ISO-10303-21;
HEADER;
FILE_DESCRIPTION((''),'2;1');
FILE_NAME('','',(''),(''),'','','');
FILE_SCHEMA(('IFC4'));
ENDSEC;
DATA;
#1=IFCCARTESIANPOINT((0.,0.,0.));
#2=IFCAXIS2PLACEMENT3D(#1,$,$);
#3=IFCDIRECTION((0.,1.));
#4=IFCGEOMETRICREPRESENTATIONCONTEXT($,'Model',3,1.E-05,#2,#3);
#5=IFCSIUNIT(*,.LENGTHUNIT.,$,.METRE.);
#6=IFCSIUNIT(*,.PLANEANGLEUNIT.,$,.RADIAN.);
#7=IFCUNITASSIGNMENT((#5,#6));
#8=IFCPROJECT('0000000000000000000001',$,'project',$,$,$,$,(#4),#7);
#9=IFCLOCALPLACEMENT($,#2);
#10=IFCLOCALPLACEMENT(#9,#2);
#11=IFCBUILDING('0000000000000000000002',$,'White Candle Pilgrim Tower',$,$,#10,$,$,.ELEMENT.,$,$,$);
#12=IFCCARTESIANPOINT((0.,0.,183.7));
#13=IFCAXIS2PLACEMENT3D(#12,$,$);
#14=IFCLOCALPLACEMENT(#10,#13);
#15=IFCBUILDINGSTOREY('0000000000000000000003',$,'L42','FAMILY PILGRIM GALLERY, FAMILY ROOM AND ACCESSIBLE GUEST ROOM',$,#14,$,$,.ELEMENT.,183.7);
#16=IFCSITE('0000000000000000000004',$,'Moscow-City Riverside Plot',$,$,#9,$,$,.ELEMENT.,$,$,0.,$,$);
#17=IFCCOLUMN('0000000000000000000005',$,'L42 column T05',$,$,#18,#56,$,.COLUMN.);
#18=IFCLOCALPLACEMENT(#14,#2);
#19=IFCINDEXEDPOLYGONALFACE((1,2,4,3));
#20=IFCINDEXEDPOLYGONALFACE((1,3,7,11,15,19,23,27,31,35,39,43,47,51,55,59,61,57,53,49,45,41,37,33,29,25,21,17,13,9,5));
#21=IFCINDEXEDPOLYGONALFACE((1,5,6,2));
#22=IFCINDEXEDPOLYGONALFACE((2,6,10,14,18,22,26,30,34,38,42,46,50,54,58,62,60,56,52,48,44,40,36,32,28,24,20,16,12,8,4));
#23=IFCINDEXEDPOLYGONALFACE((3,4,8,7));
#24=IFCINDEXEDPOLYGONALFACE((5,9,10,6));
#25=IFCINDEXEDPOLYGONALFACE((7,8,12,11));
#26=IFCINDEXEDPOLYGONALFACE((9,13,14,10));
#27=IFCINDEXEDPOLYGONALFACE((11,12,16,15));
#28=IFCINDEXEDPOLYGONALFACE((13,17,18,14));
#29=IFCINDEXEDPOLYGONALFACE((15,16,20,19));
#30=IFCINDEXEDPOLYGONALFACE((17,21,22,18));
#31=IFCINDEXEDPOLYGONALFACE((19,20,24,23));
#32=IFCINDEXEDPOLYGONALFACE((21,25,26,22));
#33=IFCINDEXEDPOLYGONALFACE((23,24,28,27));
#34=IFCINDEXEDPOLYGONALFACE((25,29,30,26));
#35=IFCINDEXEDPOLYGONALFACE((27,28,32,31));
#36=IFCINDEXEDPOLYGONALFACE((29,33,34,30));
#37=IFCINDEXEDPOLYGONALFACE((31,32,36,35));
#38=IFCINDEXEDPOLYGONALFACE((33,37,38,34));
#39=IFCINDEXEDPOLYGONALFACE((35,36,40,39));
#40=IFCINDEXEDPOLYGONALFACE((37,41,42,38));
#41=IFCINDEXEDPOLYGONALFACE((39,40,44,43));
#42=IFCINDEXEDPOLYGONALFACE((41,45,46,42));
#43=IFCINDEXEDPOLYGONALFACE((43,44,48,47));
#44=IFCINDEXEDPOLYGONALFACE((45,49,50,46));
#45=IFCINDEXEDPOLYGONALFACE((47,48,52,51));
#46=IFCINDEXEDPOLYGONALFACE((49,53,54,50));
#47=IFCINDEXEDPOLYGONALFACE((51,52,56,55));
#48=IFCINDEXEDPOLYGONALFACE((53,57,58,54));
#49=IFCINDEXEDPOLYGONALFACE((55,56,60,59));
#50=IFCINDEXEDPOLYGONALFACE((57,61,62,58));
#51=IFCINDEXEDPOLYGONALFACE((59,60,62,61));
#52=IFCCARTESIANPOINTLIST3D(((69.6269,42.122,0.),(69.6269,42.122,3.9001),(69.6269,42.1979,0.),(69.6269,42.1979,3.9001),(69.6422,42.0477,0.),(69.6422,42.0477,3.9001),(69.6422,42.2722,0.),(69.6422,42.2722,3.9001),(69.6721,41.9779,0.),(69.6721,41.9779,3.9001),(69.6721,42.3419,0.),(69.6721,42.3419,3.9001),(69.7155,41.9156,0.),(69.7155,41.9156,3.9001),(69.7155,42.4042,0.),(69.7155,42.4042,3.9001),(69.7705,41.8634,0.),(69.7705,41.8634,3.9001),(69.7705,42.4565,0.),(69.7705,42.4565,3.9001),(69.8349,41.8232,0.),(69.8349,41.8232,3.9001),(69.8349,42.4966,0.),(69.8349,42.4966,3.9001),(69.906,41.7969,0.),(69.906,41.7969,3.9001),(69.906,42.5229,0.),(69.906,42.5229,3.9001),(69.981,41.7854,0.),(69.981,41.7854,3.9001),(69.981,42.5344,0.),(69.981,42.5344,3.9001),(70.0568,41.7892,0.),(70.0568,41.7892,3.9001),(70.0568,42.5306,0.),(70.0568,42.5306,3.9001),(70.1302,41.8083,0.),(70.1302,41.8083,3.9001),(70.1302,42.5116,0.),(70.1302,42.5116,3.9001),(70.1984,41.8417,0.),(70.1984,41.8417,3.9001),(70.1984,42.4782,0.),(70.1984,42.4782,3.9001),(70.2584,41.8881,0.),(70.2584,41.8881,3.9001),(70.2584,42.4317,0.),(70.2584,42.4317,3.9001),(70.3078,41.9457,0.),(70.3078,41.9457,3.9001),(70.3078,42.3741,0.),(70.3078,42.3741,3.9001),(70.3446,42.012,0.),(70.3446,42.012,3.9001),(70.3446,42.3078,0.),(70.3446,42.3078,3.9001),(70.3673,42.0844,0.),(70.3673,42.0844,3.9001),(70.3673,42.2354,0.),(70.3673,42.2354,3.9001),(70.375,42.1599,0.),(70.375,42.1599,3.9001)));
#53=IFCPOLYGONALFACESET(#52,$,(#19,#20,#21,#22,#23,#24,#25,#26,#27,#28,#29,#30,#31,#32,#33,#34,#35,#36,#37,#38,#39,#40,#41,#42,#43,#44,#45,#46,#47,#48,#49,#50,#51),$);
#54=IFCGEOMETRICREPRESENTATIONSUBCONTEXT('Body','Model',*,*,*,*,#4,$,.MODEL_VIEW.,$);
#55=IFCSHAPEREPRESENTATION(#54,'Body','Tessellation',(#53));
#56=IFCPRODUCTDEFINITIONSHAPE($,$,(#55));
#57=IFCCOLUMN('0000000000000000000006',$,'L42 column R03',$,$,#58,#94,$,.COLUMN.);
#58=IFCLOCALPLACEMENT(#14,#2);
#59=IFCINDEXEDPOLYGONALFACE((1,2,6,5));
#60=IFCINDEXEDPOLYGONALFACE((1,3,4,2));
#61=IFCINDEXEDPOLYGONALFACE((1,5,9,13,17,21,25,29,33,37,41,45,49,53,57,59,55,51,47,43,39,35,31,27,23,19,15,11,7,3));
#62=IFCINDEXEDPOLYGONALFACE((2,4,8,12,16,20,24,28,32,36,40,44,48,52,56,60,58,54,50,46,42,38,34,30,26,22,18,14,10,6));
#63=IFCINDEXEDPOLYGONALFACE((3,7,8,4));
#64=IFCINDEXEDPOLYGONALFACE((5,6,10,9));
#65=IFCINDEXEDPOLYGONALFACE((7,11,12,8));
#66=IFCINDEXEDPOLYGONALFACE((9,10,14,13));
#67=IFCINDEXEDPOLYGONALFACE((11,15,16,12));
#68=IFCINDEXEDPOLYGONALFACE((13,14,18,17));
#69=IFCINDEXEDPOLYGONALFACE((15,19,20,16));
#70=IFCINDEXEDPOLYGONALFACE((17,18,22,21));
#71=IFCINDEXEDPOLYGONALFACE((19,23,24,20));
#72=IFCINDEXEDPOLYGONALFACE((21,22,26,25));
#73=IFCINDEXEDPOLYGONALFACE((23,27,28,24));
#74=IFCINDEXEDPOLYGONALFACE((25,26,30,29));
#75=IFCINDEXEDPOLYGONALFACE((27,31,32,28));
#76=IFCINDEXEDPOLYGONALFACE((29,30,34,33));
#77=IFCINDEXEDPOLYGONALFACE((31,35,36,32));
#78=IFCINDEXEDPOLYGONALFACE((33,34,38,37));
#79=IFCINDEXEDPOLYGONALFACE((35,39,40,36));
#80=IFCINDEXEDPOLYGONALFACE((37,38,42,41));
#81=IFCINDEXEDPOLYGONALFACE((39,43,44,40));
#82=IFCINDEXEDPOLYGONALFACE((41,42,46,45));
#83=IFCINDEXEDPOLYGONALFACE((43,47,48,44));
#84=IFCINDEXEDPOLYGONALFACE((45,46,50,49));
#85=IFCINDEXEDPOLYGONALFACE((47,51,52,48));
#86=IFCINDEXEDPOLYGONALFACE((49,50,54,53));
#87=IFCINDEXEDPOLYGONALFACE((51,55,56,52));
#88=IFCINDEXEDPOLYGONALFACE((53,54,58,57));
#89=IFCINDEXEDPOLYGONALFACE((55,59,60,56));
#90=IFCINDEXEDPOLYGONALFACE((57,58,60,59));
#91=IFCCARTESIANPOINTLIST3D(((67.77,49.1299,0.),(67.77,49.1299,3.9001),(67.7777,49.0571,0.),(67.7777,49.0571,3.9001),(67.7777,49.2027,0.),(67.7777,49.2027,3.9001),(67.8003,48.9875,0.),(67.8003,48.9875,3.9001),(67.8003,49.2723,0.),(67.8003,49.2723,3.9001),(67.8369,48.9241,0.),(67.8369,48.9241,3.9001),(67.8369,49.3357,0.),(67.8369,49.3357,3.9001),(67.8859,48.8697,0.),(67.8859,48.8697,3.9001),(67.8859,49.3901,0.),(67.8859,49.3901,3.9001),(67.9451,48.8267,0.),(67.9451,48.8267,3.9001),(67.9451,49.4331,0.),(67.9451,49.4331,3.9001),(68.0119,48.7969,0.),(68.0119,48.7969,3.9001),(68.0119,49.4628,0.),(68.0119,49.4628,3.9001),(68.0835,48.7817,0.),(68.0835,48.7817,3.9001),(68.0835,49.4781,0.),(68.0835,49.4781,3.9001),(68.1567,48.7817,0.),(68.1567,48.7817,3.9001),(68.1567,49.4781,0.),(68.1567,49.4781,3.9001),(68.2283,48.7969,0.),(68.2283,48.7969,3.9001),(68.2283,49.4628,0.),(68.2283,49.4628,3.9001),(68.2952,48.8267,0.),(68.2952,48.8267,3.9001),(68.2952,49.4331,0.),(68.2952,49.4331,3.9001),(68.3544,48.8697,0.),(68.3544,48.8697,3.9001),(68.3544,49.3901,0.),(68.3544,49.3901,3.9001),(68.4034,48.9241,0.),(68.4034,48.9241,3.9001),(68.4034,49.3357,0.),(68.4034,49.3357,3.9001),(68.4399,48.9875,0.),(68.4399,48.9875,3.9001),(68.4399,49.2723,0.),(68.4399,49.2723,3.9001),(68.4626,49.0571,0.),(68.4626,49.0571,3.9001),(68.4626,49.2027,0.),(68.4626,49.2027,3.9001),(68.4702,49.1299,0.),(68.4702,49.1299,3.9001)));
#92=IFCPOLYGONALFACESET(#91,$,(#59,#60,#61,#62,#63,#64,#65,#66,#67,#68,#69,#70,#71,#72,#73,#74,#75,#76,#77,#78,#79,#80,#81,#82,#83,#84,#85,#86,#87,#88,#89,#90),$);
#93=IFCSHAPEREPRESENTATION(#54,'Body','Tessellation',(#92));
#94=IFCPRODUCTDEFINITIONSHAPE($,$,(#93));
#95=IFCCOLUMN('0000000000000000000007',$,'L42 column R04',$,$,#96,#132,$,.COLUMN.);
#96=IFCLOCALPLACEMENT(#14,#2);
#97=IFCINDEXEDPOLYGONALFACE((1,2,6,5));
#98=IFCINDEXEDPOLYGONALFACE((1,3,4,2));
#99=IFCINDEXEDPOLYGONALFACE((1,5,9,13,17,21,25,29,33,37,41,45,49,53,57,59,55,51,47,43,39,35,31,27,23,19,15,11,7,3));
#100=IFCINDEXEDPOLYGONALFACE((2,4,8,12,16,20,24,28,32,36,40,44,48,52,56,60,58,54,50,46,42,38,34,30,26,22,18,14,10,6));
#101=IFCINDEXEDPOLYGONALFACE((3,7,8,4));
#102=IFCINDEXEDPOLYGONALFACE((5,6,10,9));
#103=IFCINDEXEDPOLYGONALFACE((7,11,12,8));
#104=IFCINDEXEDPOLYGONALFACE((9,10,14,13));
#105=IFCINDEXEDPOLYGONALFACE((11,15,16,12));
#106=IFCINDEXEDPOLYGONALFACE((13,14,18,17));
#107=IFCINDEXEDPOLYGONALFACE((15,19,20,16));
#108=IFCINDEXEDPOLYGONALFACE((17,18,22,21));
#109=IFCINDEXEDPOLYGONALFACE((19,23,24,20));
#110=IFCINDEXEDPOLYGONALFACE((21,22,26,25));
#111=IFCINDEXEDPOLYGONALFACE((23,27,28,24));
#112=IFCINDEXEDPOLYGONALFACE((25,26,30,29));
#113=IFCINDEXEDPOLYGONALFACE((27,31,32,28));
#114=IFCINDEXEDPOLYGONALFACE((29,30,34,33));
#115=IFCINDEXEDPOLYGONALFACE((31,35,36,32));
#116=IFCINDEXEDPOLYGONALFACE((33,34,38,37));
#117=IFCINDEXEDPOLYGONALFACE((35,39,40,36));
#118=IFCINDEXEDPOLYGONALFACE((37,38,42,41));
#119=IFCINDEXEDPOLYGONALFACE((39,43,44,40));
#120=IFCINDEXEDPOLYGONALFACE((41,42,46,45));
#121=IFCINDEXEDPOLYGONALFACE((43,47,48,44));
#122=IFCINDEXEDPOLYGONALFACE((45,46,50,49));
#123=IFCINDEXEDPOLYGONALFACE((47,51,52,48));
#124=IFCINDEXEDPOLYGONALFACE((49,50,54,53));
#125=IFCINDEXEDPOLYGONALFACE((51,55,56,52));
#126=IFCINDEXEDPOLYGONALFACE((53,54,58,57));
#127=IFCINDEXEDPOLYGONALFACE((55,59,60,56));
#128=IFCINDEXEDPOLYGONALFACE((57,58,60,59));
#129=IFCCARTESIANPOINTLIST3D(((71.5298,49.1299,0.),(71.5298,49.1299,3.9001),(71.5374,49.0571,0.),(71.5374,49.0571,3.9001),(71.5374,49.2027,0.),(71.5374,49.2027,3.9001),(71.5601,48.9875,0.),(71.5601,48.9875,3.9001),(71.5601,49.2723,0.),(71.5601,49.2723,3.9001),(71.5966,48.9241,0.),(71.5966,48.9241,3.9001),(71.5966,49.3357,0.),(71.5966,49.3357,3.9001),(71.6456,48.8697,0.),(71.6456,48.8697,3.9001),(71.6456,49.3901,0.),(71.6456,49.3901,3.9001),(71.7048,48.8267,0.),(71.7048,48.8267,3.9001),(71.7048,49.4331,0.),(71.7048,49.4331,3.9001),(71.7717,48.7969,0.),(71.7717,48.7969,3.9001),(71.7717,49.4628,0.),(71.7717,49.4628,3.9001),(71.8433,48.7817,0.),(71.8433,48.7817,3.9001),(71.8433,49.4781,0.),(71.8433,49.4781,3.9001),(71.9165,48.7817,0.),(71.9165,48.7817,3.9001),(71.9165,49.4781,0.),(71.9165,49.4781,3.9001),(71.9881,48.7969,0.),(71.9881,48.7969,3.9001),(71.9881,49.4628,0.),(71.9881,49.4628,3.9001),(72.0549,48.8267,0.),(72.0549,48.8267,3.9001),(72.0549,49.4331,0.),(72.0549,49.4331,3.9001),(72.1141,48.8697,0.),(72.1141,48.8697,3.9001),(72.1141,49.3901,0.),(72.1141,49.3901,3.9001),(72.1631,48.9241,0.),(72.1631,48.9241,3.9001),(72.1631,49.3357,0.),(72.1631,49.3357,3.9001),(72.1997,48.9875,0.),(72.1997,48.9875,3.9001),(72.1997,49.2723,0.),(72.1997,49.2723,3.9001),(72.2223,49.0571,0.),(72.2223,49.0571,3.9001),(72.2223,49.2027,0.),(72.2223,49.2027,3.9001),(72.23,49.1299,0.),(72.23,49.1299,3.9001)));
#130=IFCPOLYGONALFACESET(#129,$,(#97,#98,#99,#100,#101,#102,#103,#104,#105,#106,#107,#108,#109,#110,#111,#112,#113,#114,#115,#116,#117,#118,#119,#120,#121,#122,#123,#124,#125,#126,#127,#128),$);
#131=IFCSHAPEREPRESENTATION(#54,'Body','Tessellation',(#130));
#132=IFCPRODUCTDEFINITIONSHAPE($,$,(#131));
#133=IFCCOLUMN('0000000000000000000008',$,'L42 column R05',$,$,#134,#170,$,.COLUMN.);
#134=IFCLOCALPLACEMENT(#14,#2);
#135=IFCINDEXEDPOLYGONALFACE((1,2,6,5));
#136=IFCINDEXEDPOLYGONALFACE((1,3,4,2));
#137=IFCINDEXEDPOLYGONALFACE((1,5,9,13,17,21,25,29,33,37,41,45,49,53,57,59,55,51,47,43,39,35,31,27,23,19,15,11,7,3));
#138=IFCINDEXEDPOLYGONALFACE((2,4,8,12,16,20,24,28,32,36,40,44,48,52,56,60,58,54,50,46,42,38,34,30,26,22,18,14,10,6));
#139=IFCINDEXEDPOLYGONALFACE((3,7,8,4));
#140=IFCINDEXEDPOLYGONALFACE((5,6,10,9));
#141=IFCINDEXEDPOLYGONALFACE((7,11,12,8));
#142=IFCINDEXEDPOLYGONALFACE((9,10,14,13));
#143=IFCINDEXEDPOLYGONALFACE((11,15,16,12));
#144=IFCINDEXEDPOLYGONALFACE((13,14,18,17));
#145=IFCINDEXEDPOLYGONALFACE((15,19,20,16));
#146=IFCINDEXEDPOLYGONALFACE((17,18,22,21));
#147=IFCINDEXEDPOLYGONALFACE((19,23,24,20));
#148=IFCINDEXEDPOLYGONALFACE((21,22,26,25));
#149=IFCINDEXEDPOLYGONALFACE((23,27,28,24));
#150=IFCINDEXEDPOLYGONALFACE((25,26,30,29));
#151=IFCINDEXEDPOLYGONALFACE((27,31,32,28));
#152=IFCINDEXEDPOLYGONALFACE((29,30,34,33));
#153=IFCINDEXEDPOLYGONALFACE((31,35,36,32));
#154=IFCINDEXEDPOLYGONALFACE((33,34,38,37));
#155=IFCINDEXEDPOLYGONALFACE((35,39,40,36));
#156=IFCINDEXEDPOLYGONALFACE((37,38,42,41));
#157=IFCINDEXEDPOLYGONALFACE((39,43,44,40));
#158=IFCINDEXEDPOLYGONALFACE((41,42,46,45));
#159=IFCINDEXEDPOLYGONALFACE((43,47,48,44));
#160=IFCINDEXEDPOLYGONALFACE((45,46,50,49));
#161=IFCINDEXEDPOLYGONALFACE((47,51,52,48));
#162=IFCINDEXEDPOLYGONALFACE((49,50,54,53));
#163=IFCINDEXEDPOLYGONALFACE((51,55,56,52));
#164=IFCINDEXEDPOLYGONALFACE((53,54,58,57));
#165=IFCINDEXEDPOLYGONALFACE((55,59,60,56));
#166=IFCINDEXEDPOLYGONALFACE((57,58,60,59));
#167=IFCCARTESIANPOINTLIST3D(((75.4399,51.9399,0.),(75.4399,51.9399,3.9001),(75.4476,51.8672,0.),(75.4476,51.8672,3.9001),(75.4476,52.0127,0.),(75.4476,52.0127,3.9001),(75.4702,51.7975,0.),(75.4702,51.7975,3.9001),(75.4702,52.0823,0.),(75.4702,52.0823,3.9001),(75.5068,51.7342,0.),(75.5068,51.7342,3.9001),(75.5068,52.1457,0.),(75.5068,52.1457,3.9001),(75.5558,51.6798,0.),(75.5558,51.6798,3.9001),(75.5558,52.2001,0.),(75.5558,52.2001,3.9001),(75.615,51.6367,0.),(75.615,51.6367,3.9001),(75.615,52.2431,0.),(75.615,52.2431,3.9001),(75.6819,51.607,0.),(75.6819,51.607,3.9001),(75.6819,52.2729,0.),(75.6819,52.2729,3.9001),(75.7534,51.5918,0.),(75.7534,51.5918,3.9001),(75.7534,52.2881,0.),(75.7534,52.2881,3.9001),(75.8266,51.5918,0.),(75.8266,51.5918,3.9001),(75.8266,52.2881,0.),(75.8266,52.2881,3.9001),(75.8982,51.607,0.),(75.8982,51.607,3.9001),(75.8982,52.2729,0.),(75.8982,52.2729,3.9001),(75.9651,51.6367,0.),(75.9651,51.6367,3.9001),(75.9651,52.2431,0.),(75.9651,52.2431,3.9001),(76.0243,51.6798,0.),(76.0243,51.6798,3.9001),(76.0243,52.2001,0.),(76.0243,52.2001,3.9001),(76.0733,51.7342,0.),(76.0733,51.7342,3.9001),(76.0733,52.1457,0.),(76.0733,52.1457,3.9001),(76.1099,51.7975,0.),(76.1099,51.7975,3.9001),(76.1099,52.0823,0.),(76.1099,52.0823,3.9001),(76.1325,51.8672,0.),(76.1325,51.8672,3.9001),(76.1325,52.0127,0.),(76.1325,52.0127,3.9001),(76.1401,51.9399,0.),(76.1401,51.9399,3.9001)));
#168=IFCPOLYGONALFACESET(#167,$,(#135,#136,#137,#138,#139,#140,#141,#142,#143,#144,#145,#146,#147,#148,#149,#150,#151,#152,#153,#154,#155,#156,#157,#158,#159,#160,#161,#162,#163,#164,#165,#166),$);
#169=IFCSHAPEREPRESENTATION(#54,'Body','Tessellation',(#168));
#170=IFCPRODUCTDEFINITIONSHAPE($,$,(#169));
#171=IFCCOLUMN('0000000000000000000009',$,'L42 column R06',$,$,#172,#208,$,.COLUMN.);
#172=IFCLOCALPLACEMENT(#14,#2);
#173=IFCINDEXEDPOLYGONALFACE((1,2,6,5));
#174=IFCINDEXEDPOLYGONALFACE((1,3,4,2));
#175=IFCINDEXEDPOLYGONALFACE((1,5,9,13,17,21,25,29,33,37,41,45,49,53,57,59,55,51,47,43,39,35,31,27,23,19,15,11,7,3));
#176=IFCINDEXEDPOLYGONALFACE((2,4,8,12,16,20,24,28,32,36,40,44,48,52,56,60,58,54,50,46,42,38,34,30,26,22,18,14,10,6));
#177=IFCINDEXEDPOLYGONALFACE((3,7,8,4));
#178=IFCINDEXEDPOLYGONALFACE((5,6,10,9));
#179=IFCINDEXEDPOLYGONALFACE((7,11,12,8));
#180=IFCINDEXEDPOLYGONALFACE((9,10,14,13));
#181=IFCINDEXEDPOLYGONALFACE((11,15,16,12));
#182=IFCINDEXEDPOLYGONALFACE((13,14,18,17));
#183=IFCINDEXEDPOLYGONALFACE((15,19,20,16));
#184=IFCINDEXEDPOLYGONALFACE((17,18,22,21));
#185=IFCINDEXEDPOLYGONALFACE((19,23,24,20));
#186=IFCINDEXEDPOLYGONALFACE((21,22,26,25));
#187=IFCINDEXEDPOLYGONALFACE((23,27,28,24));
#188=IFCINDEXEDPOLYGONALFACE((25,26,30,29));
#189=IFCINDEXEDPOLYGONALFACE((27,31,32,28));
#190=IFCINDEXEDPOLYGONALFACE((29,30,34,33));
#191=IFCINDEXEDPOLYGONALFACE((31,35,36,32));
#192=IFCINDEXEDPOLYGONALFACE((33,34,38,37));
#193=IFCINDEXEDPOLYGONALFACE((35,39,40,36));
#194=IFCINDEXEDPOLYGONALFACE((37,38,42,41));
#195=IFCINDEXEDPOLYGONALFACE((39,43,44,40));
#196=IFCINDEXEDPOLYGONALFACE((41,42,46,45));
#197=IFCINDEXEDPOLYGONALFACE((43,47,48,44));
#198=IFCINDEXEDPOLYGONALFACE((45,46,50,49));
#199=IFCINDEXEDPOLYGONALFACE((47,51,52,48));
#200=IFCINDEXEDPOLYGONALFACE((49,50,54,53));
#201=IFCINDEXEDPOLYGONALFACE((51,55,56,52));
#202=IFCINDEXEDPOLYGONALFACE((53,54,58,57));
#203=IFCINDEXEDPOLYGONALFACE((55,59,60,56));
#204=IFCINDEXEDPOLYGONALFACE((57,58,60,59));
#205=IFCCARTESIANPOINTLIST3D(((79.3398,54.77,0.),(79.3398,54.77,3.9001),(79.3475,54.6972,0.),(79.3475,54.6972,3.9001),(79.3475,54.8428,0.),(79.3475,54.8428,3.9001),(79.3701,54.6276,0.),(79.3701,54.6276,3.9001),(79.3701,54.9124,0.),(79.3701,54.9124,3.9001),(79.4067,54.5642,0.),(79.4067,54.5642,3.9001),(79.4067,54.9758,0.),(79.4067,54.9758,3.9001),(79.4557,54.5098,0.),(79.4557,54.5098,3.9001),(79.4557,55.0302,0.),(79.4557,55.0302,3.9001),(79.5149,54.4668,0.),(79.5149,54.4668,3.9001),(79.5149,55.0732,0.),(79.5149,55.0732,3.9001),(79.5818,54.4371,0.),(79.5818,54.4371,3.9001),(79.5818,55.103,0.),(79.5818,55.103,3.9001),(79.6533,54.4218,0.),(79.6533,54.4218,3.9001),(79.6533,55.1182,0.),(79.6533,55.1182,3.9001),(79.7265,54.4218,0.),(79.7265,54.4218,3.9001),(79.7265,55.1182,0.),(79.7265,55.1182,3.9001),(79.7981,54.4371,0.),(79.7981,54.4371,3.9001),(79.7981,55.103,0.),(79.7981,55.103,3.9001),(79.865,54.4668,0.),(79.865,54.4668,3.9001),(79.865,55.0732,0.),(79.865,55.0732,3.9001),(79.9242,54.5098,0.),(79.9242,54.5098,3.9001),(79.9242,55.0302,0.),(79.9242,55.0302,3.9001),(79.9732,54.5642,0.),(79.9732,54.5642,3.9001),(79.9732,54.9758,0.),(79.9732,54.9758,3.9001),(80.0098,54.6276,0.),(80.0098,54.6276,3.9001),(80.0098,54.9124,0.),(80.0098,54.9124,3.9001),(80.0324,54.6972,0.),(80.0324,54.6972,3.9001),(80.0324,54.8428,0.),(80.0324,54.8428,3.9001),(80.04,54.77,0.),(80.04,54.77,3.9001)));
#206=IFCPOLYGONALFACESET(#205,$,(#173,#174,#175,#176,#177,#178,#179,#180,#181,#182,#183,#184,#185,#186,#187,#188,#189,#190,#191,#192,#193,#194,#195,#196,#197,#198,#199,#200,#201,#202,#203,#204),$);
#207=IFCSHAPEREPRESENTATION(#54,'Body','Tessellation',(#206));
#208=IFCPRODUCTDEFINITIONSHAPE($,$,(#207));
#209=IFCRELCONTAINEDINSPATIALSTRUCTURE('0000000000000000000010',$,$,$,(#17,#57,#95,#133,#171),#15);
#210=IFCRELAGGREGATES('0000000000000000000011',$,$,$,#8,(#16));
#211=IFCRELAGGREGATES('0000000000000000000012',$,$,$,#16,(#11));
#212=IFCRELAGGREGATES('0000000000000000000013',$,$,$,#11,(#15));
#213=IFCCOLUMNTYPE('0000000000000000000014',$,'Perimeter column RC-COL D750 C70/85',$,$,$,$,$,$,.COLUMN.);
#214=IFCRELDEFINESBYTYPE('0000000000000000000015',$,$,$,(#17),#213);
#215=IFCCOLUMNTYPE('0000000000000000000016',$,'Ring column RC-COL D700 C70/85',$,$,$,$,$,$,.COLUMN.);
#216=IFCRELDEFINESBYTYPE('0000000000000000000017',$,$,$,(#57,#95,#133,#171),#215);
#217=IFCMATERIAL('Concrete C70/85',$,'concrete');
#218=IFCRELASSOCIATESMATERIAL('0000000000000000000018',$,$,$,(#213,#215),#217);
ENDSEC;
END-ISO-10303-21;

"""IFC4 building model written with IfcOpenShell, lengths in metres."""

from ifc_helpers import new_model, si_unit, direction, frame, origin, origin_2d, place, context, subcontext, project, spatial, circle, extrude, material, material_profile, profile_set, type_object, element, save


model = new_model("IFC4")

# Units and contexts
model_context = context("Model", 3, precision=1e-05, world=origin(), true_north=direction((0.0, 1.0)))
body_context = subcontext(model_context, "Body", "Model", "MODEL_VIEW")
ifc_project = project(units=[si_unit("LENGTHUNIT", "METRE"), si_unit("PLANEANGLEUNIT", "RADIAN")], contexts=[model_context])

# Site, building, storey
site_placement = place(None, origin())
site = spatial("IfcSite", under=ifc_project, at=site_placement, Name="Moscow-City Riverside Plot", CompositionType="ELEMENT", RefElevation=0.0)
building_placement = place(site_placement, origin())
building = spatial("IfcBuilding", under=site, at=building_placement, Name="White Candle Pilgrim Tower", CompositionType="ELEMENT")
storey_placement = place(building_placement, frame((0.0, 0.0, 183.7)))
storey = spatial("IfcBuildingStorey", under=building, at=storey_placement, Name="L42", Description="FAMILY PILGRIM GALLERY, FAMILY ROOM AND ACCESSIBLE GUEST ROOM", CompositionType="ELEMENT", Elevation=183.7)

# Columns
ifc_material_1 = material(Name="Concrete C70/85", Category="concrete")
ifc_material_profile_1 = material_profile(ifc_material_1, circle(Radius=0.375, at=origin_2d()), Name="RC-COL D750")
ifc_profile_set_1 = profile_set([ifc_material_profile_1], Name="Concrete C70/85")
column_type_1 = type_object("IfcColumnType", Name="Perimeter column RC-COL D750 C70/85", PredefinedType="COLUMN", material=ifc_profile_set_1)
column_placement = place(storey_placement, frame((70.0, 42.1599, 0.0), z_axis=(0.0, 0.0, 1.0), x_axis=(1.0, 0.0, 0.0)))
element("IfcColumn", 1, at=column_placement, inside=storey, type_object=column_type_1, Name="L42 column T05", PredefinedType="COLUMN", context=body_context, shape_type="SweptSolid", body=[
    extrude(circle(Radius=0.375, at=origin_2d()), origin(), (0.0, 0.0, 1.0), 3.9001),
])
ifc_material_profile_2 = material_profile(ifc_material_1, circle(Radius=0.3501, at=origin_2d()), Name="RC-COL D700")
ifc_profile_set_2 = profile_set([ifc_material_profile_2], Name="Concrete C70/85")
column_type_2 = type_object("IfcColumnType", Name="Ring column RC-COL D700 C70/85", PredefinedType="COLUMN", material=ifc_profile_set_2)
for number, where, z_axis, x_axis, name in (
    (2, (68.1201, 49.1299, 0.0), (0.0, 0.0, 1.0), (1.0, 0.0, 0.0), "L42 column R03"),
    (3, (71.8799, 49.1299, 0.0), (0.0, 0.0, 1.0), (1.0, 0.0, 0.0), "L42 column R04"),
    (4, (75.79, 51.9399, 0.0), (0.0, 0.0, 1.0), (1.0, 0.0, 0.0), "L42 column R05"),
    (5, (79.6899, 54.77, 0.0), (0.0, 0.0, 1.0), (1.0, 0.0, 0.0), "L42 column R06"),
):
    element("IfcColumn", number, at=place(storey_placement, frame(where, z_axis=z_axis, x_axis=x_axis)), inside=storey, type_object=column_type_2, Name=name, PredefinedType="COLUMN", context=body_context, shape_type="SweptSolid", body=[
        extrude(circle(Radius=0.3501, at=origin_2d()), origin(), (0.0, 0.0, 1.0), 3.9001),
    ])

save(model, "model.ifc")
